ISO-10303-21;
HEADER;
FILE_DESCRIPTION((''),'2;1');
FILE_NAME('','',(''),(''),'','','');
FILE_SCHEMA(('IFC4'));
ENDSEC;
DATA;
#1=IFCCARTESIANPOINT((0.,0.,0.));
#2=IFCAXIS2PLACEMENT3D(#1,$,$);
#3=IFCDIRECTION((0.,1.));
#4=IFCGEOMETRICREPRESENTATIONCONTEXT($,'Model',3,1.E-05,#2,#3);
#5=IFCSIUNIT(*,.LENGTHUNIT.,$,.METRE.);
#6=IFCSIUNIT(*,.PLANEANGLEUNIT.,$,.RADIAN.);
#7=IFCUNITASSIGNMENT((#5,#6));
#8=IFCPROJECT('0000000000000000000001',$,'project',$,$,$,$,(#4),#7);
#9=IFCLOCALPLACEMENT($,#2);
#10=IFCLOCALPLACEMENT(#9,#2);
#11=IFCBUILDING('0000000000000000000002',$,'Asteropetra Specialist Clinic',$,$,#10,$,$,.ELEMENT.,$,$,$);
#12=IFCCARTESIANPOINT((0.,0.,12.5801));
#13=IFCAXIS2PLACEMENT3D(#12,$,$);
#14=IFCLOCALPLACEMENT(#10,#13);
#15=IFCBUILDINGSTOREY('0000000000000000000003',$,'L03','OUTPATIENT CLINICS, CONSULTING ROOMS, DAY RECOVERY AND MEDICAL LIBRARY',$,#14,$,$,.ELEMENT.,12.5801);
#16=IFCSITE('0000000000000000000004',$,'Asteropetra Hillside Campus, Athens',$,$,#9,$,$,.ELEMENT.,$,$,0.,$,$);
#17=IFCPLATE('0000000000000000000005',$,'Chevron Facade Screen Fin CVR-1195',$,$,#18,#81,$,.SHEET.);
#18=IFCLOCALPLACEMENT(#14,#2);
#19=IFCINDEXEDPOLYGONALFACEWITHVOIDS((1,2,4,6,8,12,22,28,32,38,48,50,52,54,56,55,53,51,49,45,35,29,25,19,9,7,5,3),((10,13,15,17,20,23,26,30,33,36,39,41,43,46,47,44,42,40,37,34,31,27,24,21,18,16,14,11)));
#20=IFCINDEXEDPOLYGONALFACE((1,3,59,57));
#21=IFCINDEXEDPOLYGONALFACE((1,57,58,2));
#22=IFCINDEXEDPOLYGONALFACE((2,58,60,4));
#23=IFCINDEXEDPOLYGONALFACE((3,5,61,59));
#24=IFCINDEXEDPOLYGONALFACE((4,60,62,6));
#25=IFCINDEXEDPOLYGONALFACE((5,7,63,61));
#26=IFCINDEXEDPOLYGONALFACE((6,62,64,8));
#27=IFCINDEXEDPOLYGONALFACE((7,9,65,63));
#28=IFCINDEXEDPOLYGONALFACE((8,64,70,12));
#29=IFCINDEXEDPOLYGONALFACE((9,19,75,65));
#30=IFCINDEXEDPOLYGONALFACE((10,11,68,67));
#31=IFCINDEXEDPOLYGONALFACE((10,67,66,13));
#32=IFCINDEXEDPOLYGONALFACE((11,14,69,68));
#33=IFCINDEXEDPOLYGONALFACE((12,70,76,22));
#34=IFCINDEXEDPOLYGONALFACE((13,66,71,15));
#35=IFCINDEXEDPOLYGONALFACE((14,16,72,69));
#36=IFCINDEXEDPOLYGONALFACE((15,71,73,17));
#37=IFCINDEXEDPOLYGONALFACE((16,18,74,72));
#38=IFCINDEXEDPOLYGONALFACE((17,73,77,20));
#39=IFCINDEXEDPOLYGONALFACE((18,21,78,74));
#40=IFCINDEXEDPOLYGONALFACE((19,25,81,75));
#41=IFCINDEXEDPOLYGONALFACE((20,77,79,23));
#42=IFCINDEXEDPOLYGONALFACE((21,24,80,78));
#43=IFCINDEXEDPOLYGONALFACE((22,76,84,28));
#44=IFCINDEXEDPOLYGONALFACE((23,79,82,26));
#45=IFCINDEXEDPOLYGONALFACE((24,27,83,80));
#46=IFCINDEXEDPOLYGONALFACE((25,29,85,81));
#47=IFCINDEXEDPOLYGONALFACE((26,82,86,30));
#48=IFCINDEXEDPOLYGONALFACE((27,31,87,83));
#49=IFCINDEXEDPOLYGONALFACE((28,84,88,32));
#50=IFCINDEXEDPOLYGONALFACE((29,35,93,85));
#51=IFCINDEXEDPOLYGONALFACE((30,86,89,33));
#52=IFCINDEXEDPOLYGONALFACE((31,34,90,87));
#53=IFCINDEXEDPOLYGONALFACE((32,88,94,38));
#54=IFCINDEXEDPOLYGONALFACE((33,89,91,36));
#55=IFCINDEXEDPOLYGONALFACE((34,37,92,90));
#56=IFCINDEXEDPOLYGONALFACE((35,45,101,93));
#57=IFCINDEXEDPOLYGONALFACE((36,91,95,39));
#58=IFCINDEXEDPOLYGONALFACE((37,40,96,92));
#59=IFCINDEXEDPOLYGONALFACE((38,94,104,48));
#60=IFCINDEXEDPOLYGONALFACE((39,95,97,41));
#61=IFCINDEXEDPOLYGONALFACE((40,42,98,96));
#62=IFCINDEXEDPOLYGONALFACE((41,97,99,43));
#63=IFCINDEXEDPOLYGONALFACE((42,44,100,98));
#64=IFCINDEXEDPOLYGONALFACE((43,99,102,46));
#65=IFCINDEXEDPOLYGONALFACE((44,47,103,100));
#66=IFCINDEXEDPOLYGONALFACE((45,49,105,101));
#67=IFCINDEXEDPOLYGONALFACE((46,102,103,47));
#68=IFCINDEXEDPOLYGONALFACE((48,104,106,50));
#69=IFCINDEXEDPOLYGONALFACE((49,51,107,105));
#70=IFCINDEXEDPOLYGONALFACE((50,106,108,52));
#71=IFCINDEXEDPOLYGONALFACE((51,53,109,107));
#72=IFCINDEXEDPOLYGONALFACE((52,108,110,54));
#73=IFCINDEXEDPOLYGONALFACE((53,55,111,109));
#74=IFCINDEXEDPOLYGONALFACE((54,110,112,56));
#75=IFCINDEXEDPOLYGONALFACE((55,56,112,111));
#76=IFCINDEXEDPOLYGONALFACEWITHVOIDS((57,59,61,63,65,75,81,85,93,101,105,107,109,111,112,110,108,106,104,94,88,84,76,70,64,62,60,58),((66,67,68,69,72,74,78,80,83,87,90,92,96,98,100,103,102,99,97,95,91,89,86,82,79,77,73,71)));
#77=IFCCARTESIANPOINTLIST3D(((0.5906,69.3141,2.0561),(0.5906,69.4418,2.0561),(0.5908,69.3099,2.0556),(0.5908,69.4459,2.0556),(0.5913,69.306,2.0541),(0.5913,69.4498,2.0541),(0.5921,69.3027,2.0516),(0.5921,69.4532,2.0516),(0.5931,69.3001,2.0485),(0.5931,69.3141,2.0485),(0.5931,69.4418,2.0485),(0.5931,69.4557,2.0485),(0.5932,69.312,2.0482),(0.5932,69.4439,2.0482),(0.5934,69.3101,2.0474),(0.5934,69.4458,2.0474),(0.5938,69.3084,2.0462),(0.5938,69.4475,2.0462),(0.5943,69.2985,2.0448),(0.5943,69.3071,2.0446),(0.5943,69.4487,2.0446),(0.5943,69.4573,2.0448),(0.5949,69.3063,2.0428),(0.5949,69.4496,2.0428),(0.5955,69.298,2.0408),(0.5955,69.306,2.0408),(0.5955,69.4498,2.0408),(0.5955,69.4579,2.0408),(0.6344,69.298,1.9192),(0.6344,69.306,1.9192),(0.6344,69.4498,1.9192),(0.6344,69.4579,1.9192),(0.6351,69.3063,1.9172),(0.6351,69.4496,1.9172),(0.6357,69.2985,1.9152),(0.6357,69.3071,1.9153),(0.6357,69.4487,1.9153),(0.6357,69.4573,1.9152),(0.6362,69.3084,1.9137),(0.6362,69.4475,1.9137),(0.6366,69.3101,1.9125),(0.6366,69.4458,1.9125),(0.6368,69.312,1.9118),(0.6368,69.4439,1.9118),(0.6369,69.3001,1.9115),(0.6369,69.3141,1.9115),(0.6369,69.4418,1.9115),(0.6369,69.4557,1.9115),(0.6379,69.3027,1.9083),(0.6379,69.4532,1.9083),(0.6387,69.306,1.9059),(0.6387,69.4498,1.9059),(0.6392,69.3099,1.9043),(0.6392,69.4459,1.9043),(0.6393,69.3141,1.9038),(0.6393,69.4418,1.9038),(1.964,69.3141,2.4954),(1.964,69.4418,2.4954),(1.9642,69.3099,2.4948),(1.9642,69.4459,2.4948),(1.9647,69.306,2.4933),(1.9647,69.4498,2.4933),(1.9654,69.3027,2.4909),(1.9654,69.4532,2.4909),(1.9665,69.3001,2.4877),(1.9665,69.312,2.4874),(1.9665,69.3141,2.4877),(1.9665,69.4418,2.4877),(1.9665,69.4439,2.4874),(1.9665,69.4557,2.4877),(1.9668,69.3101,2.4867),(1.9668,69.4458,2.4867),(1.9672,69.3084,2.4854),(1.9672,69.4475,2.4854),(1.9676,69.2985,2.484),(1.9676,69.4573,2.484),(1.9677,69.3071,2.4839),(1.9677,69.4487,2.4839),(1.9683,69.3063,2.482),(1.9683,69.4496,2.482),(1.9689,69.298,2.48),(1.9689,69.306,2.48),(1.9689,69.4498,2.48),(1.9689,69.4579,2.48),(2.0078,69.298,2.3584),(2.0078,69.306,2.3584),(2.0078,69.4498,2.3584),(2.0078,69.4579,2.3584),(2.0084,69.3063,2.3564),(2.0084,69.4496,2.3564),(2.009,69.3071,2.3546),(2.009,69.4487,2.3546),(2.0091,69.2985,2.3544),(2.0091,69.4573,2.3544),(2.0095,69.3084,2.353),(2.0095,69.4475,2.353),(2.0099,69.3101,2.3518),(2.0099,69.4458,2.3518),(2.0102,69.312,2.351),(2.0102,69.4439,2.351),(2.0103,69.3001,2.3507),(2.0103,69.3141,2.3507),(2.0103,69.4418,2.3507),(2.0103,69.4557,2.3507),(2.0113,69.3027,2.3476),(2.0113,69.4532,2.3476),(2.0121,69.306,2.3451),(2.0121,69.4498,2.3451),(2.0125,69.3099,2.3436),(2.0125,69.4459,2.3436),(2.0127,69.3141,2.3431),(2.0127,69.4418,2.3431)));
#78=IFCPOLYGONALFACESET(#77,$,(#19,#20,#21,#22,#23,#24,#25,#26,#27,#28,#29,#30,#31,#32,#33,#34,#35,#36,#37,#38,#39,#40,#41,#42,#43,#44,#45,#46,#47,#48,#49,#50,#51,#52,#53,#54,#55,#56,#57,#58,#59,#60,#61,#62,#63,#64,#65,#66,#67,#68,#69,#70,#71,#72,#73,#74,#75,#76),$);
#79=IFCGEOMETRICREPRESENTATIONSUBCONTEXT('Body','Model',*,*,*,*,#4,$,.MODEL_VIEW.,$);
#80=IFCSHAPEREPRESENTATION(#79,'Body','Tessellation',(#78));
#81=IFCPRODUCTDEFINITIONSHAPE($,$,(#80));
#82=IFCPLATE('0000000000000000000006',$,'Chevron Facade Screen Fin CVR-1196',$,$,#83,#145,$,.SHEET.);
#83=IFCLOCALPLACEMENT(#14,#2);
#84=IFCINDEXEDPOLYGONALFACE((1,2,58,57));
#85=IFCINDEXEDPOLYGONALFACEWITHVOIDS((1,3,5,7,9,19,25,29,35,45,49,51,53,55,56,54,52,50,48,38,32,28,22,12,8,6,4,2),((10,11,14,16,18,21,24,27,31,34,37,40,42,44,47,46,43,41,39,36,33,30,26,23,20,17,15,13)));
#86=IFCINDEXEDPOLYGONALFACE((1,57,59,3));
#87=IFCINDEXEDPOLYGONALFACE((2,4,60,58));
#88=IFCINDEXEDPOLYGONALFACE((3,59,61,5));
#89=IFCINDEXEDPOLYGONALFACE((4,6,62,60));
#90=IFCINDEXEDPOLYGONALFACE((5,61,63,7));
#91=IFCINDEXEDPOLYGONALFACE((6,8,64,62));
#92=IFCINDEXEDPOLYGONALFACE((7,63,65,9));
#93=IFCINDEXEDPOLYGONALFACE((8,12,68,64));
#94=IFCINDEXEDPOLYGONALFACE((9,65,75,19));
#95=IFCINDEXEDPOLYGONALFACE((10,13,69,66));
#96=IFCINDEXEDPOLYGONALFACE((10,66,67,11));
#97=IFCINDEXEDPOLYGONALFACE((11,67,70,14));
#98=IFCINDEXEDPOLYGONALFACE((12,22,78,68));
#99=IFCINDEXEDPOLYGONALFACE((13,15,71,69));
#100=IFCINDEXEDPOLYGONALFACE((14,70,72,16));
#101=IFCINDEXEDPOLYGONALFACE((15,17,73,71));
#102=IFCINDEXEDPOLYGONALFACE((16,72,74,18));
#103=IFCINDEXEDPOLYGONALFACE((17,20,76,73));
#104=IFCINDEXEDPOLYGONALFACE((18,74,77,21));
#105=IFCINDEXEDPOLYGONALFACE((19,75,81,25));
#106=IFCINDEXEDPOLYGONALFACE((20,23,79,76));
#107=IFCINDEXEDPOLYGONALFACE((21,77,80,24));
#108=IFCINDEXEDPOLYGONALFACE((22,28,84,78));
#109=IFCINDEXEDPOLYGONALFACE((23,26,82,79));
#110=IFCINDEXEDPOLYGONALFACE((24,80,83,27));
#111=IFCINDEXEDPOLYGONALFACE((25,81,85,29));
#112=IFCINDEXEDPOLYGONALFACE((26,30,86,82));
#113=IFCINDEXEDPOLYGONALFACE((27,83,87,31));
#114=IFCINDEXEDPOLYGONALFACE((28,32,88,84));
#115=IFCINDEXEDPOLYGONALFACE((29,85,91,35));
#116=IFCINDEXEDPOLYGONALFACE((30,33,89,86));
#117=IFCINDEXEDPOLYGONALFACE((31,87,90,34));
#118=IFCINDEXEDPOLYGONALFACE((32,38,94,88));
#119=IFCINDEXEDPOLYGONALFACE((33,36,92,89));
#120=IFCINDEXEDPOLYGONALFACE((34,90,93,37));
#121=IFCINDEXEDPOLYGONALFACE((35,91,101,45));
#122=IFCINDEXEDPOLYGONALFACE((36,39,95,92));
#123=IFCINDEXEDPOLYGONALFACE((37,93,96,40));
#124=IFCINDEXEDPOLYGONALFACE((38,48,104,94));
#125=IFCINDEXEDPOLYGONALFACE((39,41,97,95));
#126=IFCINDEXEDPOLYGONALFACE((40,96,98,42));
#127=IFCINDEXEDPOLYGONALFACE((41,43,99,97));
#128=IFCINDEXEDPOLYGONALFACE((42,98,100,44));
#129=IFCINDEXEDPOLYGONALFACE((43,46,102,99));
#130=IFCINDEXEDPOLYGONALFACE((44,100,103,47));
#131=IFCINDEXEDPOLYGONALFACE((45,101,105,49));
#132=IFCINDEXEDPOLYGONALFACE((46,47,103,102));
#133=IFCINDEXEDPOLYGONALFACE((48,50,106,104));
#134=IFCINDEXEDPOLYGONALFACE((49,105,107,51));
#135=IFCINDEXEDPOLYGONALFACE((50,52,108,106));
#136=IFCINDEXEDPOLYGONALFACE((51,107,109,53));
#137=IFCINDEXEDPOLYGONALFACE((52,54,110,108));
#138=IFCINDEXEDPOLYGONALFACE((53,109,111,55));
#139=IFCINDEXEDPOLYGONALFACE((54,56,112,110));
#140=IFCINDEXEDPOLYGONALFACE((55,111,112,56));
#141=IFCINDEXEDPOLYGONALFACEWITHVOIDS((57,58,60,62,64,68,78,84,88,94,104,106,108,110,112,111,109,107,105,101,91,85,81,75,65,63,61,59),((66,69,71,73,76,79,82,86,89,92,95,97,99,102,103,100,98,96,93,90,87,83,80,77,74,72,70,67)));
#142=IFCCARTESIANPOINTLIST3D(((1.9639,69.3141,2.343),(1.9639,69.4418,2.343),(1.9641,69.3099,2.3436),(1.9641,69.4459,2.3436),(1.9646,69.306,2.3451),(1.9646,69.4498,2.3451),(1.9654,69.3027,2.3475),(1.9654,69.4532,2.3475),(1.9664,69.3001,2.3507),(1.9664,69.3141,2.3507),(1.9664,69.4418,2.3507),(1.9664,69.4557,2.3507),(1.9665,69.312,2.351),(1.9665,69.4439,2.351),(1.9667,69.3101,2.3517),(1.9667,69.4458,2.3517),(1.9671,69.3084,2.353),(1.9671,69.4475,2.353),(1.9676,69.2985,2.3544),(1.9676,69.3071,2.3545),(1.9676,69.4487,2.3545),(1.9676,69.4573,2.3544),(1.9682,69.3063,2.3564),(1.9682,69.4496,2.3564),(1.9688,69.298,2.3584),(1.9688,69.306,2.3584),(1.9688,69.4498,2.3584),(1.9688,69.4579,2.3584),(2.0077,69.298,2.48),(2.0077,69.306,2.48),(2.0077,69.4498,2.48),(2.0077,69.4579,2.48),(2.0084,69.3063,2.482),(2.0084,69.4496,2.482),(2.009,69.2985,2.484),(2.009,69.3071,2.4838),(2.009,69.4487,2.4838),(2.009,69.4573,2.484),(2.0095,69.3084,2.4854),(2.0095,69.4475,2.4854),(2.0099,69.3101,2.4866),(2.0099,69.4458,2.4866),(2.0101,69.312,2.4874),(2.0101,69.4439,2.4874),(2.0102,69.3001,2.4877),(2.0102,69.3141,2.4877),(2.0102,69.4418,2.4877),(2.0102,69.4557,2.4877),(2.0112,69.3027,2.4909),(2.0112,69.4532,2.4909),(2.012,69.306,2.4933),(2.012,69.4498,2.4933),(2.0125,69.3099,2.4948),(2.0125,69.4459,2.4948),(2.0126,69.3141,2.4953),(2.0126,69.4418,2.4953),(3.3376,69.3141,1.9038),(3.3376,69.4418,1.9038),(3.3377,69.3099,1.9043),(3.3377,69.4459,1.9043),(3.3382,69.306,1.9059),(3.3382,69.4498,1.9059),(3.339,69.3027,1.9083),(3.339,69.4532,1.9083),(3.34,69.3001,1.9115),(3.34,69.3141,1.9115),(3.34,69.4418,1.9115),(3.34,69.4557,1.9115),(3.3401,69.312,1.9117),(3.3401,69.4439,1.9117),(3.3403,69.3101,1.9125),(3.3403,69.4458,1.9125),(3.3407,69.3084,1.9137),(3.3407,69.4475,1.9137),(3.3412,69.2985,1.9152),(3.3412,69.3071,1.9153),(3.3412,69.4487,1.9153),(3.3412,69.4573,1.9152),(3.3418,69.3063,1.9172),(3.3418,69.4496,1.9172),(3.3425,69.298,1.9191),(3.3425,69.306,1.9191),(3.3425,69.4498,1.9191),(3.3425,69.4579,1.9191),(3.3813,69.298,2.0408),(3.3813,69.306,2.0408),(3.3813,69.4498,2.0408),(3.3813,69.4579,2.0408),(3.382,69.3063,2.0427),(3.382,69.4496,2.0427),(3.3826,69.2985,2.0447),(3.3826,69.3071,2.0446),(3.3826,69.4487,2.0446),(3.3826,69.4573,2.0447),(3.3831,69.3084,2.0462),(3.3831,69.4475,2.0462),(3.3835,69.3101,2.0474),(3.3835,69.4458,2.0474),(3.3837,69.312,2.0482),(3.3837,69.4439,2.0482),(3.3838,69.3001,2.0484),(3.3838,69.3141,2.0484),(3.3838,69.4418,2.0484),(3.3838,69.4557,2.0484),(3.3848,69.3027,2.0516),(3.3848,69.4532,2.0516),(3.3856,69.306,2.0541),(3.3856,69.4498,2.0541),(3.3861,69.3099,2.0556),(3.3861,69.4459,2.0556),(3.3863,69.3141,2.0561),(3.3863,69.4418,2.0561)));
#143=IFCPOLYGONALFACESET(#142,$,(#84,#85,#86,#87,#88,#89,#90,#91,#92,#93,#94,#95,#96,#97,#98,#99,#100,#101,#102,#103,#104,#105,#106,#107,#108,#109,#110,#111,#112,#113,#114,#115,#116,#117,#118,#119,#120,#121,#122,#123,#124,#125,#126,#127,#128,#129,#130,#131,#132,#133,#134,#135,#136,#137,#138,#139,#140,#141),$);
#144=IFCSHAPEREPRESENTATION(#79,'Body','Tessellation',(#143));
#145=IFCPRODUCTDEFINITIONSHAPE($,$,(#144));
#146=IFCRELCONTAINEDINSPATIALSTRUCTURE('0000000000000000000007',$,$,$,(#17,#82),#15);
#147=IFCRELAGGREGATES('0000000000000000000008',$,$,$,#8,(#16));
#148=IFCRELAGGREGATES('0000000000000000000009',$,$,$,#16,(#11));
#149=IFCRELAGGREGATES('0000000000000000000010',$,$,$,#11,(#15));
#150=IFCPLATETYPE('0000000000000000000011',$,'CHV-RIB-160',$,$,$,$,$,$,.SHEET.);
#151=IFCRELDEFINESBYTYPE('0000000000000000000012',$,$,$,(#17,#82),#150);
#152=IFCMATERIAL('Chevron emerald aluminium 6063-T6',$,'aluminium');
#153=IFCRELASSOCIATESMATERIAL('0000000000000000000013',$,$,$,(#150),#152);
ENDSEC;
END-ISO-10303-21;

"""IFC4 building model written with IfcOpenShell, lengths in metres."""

from ifc_helpers import new_model, si_unit, direction, frame, origin, origin_2d, place, context, subcontext, project, spatial, hollow_rectangle, extrude, material, material_profile, profile_set, type_object, element, save


model = new_model("IFC4")

# Units and contexts
model_context = context("Model", 3, precision=1e-05, world=origin(), true_north=direction((0.0, 1.0)))
body_context = subcontext(model_context, "Body", "Model", "MODEL_VIEW")
ifc_project = project(units=[si_unit("LENGTHUNIT", "METRE"), si_unit("PLANEANGLEUNIT", "RADIAN")], contexts=[model_context])

# Site, building, storey
site_placement = place(None, origin())
site = spatial("IfcSite", under=ifc_project, at=site_placement, Name="Asteropetra Hillside Campus, Athens", CompositionType="ELEMENT", RefElevation=0.0)
building_placement = place(site_placement, origin())
building = spatial("IfcBuilding", under=site, at=building_placement, Name="Asteropetra Specialist Clinic", CompositionType="ELEMENT")
storey_placement = place(building_placement, frame((0.0, 0.0, 12.5801)))
storey = spatial("IfcBuildingStorey", under=building, at=storey_placement, Name="L03", Description="OUTPATIENT CLINICS, CONSULTING ROOMS, DAY RECOVERY AND MEDICAL LIBRARY", CompositionType="ELEMENT", Elevation=12.5801)

# Plates
ifc_material_1 = material(Name="Chevron emerald aluminium 6063-T6", Category="aluminium")
ifc_material_profile = material_profile(ifc_material_1, hollow_rectangle(XDim=0.1599, YDim=0.1599, WallThickness=0.0081, InnerFilletRadius=0.0081, OuterFilletRadius=0.0161, at=origin_2d()), Name="SHS 160x160x8.0")
ifc_profile_set = profile_set([ifc_material_profile], Name="Chevron emerald aluminium 6063-T6")
plate_type_1 = type_object("IfcPlateType", Name="CHV-RIB-160", PredefinedType="SHEET", material=ifc_profile_set)
plate_1_placement = place(storey_placement, frame((0.615, 69.3779, 1.98), z_axis=(0.952473, 0.0, 0.304622), x_axis=(0.0, 1.0, 0.0)))
element("IfcPlate", 1, at=plate_1_placement, inside=storey, type_object=plate_type_1, Name="Chevron Facade Screen Fin CVR-1195", PredefinedType="SHEET", context=body_context, shape_type="SweptSolid", body=[
    extrude(hollow_rectangle(XDim=0.1599, YDim=0.1599, WallThickness=0.0081, InnerFilletRadius=0.0081, OuterFilletRadius=0.0161, at=origin_2d()), origin(), (0.0, 0.0, 1.0), 1.4419),
])
plate_2_placement = place(storey_placement, frame((1.9883, 69.3779, 2.4192), z_axis=(0.952489, 0.0, -0.304573), x_axis=(0.0, 1.0, 0.0)))
element("IfcPlate", 2, at=plate_2_placement, inside=storey, type_object=plate_type_1, Name="Chevron Facade Screen Fin CVR-1196", PredefinedType="SHEET", context=body_context, shape_type="SweptSolid", body=[
    extrude(hollow_rectangle(XDim=0.1599, YDim=0.1599, WallThickness=0.0081, InnerFilletRadius=0.0081, OuterFilletRadius=0.0161, at=origin_2d()), origin(), (0.0, 0.0, 1.0), 1.4421),
])

save(model, "model.ifc")
